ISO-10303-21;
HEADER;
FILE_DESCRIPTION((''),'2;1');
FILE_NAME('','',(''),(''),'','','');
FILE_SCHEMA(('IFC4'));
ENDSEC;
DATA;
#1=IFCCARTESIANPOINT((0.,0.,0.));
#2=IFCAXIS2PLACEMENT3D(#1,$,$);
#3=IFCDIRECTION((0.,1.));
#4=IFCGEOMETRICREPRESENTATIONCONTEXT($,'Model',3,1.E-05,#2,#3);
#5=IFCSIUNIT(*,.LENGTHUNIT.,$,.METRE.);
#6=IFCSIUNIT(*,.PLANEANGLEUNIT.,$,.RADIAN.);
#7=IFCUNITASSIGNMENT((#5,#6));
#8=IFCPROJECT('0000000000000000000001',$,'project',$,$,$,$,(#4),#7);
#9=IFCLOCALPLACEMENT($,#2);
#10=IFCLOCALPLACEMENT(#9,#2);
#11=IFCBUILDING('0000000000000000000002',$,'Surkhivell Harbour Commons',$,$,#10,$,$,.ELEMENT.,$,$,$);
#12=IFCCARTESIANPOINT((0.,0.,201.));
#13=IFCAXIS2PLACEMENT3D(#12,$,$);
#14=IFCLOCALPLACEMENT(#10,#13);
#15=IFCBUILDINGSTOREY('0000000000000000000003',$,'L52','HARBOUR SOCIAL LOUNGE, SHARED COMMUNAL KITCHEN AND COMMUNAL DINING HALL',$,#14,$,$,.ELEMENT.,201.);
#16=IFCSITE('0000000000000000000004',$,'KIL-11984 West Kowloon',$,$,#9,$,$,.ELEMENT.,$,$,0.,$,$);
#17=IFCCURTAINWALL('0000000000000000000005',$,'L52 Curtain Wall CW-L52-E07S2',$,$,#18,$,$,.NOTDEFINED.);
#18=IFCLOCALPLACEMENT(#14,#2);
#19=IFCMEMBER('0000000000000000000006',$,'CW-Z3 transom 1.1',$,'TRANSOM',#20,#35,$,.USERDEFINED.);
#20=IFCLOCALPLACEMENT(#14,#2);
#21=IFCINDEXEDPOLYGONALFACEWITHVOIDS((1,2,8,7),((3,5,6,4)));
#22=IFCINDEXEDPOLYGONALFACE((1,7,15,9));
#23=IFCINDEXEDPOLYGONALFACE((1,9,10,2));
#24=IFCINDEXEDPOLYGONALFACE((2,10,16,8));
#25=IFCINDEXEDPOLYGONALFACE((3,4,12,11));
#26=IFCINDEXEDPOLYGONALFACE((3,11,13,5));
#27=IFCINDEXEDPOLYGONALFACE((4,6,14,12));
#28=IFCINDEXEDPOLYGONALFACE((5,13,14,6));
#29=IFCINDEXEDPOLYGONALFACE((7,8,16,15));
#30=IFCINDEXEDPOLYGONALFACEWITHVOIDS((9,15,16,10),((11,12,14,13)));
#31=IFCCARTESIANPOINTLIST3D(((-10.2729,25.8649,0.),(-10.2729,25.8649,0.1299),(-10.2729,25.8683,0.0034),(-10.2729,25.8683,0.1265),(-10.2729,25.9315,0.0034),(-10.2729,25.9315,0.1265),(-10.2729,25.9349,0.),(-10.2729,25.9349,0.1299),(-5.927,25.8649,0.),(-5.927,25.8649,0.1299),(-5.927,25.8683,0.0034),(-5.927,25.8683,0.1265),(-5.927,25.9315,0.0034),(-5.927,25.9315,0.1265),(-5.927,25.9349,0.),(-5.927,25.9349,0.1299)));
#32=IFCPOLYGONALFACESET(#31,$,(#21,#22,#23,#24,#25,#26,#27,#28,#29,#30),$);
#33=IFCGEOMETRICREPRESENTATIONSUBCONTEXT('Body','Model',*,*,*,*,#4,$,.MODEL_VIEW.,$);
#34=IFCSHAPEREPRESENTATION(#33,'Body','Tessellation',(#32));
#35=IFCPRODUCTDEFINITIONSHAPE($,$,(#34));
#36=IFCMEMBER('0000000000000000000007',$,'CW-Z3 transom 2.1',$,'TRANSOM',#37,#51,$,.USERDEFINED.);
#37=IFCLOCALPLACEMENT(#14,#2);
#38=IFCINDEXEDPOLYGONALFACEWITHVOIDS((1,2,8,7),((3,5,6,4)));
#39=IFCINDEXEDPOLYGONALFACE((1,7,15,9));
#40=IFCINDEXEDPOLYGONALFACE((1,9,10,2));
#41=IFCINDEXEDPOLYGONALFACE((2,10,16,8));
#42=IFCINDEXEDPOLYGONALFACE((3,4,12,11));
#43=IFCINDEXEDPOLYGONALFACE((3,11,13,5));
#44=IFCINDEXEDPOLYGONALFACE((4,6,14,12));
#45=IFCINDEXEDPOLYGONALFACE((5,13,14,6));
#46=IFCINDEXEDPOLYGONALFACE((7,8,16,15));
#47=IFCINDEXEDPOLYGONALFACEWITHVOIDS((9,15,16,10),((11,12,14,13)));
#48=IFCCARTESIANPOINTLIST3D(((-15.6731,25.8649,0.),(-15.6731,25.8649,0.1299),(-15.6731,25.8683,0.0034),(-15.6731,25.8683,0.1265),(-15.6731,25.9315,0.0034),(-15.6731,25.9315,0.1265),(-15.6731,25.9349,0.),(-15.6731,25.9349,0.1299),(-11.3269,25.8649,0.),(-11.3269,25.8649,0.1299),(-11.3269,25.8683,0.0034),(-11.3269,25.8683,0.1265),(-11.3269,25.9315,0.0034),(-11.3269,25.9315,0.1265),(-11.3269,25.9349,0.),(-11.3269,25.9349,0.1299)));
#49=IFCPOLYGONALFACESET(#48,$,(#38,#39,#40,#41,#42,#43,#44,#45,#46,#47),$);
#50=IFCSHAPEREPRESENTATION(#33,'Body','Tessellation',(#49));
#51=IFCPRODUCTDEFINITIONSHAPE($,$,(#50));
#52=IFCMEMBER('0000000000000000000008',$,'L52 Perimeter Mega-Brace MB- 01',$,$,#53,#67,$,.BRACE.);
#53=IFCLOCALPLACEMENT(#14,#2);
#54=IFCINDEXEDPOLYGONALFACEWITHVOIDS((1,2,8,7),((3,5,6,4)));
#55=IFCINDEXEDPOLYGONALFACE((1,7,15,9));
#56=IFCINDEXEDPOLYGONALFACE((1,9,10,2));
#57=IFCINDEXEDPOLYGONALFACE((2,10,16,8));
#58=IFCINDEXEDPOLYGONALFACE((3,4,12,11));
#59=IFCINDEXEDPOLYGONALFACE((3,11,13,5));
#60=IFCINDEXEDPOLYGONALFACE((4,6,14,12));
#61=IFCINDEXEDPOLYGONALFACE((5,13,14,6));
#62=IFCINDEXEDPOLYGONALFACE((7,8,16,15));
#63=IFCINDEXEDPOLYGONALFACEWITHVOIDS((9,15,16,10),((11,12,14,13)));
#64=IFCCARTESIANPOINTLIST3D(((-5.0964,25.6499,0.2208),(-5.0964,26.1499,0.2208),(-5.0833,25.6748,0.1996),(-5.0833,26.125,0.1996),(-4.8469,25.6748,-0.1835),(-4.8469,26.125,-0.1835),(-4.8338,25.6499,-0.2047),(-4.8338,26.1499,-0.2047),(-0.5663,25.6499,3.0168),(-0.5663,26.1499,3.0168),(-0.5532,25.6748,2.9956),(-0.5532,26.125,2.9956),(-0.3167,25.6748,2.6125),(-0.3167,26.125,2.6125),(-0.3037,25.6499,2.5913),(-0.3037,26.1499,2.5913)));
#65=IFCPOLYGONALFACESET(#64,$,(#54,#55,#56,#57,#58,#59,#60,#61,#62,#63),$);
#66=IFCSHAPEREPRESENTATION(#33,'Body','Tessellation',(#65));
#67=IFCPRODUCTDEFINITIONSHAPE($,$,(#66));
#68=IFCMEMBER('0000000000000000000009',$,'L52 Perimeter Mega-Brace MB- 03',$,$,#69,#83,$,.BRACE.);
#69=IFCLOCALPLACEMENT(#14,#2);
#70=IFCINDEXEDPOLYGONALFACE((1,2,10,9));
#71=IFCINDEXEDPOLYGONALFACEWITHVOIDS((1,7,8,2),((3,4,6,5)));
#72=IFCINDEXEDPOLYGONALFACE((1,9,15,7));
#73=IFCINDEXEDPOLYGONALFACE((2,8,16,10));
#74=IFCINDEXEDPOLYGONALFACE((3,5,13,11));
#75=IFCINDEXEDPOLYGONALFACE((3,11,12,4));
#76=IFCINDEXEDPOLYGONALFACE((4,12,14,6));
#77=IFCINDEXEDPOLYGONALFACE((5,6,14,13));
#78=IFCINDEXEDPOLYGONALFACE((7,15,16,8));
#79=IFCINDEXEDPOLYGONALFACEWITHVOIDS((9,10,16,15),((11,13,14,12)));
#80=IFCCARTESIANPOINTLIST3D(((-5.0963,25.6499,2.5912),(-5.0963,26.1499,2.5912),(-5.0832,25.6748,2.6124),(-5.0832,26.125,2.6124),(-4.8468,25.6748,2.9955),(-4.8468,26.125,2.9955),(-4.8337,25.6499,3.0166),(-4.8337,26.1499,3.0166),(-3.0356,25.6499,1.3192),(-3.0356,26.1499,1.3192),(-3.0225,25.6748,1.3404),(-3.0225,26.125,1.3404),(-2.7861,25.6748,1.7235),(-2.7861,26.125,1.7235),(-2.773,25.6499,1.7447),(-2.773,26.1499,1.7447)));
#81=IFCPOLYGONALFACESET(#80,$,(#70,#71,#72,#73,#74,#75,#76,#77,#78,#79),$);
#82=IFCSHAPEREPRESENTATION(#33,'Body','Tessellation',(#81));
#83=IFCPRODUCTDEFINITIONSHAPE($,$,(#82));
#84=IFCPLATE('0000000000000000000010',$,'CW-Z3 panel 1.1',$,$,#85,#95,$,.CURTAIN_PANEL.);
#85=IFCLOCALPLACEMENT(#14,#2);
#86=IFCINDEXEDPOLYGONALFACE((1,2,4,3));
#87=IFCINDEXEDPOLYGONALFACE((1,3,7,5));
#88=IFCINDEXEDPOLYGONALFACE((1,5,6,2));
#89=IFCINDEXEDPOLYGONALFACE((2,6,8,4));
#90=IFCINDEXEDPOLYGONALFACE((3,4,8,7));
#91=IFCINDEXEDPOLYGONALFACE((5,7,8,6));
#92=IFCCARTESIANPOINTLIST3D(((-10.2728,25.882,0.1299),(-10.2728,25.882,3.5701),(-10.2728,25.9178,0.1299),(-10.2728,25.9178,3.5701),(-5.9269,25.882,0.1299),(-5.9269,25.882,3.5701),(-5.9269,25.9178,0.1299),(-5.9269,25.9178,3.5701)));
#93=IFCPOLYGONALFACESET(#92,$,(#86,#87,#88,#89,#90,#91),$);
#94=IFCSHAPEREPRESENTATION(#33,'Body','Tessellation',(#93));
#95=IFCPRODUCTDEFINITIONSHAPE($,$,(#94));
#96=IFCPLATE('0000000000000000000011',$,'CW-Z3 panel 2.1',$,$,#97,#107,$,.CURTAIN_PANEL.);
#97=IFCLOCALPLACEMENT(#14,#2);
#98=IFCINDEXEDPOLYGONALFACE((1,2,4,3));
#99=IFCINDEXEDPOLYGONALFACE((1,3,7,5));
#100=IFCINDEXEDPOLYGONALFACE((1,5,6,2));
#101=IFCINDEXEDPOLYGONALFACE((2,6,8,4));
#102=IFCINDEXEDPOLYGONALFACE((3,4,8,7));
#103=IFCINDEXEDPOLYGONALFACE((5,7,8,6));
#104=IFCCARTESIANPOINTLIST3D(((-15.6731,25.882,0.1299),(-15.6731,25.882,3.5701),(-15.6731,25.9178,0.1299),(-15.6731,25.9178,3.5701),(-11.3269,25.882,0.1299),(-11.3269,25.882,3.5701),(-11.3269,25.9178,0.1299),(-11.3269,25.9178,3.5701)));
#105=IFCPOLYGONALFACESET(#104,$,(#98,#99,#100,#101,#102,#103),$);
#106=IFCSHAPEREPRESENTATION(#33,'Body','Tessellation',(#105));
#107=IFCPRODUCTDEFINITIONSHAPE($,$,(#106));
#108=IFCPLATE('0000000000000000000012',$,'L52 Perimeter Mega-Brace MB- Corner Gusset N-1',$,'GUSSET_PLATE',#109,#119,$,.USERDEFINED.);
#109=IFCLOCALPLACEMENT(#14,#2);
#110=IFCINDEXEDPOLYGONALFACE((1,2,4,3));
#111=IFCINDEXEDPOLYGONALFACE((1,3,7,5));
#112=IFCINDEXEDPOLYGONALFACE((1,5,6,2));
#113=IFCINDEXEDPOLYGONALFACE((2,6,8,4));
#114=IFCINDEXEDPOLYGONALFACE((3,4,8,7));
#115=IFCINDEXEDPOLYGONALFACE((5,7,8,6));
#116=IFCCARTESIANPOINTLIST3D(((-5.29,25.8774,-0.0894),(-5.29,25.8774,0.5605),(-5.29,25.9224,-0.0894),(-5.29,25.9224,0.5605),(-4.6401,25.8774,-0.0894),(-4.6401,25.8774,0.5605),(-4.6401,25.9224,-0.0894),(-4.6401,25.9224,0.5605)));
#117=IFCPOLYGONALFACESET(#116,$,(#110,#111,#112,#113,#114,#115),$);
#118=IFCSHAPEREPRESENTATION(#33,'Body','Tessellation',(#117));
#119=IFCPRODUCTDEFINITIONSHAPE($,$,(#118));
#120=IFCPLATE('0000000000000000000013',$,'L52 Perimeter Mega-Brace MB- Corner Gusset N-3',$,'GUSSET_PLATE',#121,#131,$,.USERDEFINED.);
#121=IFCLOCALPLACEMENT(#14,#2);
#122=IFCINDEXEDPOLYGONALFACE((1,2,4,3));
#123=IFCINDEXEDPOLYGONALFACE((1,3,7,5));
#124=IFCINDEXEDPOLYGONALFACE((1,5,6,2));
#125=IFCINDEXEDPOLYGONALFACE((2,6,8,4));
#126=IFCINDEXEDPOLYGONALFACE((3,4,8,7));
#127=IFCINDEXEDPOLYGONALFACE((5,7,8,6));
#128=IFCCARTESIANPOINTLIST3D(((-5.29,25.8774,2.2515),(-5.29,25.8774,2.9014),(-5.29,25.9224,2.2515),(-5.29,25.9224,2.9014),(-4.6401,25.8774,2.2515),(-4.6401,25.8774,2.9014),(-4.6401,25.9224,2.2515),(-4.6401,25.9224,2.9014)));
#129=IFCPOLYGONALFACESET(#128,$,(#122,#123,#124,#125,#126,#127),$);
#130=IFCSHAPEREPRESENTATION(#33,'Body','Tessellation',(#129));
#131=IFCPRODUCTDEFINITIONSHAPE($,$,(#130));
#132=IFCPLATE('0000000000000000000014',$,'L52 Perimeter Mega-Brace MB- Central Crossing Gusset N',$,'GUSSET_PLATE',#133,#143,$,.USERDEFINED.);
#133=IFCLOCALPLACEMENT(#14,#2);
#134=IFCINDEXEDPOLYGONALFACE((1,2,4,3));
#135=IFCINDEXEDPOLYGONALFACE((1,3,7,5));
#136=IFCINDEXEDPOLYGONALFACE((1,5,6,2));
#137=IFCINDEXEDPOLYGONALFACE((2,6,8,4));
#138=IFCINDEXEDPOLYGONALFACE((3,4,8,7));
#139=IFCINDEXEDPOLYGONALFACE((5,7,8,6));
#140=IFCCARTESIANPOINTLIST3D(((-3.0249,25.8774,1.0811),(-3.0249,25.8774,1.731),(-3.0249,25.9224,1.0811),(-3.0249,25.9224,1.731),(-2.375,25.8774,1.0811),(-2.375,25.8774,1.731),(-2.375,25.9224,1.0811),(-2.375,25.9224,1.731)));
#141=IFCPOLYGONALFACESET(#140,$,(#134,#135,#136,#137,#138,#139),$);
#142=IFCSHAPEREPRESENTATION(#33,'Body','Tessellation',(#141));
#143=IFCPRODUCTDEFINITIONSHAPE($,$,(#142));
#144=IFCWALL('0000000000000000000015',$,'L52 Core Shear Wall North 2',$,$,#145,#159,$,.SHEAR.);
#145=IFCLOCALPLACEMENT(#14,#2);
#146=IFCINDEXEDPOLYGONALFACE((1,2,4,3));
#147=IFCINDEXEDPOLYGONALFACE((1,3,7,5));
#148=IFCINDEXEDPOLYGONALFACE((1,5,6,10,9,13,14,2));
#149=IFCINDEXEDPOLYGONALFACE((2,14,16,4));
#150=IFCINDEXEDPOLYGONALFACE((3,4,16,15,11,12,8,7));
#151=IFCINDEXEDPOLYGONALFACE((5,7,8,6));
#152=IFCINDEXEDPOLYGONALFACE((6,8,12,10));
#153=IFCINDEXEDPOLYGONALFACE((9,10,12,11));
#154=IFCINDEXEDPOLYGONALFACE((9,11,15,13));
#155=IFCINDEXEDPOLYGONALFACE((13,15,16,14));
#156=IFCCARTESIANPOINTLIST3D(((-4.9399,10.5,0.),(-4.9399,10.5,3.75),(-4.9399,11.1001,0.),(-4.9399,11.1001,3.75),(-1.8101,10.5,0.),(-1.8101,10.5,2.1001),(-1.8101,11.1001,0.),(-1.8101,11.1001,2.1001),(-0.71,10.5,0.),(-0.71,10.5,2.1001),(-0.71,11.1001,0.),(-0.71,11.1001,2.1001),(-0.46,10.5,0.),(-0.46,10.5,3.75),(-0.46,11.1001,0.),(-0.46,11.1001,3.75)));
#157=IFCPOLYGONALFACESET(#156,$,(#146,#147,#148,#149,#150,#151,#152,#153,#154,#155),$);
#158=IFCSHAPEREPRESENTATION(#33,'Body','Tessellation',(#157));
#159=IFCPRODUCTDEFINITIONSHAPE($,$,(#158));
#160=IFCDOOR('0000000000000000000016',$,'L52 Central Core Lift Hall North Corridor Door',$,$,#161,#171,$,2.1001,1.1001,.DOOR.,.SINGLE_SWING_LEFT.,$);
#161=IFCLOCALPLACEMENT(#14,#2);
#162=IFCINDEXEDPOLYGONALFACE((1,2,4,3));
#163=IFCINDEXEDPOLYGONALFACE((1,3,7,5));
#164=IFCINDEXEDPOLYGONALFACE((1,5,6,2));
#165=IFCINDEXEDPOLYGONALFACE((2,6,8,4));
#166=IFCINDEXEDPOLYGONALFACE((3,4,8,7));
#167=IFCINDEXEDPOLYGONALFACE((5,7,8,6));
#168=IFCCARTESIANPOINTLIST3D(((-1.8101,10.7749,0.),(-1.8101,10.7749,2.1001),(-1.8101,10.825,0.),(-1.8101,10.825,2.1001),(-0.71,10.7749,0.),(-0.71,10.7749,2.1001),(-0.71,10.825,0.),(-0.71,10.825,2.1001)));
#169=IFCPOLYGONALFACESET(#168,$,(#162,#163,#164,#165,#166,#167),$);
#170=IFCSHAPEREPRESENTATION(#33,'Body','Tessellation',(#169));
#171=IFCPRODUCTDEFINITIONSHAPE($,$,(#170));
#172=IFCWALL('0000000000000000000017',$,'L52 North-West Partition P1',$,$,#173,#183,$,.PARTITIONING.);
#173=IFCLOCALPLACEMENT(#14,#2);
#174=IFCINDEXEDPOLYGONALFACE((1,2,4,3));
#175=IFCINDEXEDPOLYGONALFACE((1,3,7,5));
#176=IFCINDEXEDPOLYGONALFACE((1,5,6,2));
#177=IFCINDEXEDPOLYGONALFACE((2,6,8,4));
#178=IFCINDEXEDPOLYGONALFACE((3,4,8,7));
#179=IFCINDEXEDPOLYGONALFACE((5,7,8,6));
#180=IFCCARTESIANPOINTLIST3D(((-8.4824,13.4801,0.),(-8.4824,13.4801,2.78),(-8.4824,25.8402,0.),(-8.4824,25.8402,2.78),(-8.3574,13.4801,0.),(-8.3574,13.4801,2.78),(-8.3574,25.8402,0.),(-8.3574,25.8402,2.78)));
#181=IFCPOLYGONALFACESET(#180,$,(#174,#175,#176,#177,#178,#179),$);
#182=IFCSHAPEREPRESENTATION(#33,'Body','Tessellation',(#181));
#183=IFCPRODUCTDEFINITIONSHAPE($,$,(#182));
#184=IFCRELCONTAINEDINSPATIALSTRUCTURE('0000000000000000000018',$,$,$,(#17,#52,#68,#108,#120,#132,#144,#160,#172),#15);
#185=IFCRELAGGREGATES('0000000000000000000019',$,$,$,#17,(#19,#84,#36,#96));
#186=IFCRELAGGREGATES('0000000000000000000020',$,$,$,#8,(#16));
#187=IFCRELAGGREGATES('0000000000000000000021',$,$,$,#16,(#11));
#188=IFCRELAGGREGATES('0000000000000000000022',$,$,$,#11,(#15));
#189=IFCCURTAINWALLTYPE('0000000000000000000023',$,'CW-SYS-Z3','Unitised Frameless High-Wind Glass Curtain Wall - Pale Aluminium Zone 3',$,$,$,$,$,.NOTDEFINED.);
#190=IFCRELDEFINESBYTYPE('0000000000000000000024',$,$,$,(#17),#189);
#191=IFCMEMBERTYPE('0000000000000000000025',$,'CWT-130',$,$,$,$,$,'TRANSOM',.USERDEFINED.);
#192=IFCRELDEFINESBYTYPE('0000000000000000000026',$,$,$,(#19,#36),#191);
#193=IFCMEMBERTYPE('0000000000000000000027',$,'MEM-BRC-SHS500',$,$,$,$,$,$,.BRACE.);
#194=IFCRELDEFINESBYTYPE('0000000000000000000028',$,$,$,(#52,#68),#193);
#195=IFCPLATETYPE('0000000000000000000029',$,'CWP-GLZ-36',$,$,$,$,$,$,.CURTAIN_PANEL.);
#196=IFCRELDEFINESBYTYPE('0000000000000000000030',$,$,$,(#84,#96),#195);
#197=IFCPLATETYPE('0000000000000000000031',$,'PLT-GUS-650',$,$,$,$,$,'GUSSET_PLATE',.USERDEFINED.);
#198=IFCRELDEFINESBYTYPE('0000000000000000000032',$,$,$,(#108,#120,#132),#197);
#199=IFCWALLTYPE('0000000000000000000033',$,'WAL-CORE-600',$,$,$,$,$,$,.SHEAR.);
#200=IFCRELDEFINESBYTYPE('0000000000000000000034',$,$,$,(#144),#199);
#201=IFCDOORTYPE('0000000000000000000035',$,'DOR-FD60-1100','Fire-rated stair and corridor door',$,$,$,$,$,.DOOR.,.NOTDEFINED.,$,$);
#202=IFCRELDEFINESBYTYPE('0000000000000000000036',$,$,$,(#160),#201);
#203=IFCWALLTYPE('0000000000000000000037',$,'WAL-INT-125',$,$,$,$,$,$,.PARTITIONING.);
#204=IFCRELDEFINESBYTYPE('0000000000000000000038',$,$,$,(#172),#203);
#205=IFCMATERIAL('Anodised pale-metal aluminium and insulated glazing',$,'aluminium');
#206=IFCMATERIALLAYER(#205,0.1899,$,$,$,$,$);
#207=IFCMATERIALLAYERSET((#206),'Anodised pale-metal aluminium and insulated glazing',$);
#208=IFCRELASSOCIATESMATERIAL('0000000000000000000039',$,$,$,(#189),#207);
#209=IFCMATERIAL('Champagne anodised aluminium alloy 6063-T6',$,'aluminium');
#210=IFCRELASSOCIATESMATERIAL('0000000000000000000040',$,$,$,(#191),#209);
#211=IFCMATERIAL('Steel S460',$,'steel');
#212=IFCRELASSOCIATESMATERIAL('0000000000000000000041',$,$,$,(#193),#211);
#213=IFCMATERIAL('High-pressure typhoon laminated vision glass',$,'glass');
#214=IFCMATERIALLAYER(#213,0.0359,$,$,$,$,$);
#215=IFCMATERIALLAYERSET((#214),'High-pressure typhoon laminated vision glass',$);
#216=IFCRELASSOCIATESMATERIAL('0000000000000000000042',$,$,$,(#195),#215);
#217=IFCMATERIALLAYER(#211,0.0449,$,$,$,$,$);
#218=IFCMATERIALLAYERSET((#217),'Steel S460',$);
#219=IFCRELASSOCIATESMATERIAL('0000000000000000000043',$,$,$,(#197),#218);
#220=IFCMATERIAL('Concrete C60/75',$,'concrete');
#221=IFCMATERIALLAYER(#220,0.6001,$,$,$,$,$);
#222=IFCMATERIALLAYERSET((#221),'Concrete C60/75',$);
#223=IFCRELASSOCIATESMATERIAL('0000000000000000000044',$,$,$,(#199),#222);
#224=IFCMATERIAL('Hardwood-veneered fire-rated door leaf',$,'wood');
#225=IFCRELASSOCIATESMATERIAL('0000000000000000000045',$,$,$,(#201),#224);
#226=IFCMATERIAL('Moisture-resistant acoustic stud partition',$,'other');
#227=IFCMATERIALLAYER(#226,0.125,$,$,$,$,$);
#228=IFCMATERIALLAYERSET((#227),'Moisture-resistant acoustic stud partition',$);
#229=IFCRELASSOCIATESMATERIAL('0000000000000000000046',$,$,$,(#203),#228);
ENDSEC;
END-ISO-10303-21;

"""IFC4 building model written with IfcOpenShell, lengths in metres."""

from ifc_helpers import new_model, si_unit, direction, frame, frame_2d, origin, origin_2d, place, context, subcontext, project, spatial, rectangle, hollow_rectangle, extrude, material, layer, layer_set, material_profile, profile_set, type_object, element, fill, aggregate, save


model = new_model("IFC4")

# Units and contexts
model_context = context("Model", 3, precision=1e-05, world=origin(), true_north=direction((0.0, 1.0)))
body_context = subcontext(model_context, "Body", "Model", "MODEL_VIEW")
ifc_project = project(units=[si_unit("LENGTHUNIT", "METRE"), si_unit("PLANEANGLEUNIT", "RADIAN")], contexts=[model_context])

# Site, building, storey
site_placement = place(None, origin())
site = spatial("IfcSite", under=ifc_project, at=site_placement, Name="KIL-11984 West Kowloon", CompositionType="ELEMENT", RefElevation=0.0)
building_placement = place(site_placement, origin())
building = spatial("IfcBuilding", under=site, at=building_placement, Name="Surkhivell Harbour Commons", CompositionType="ELEMENT")
storey_placement = place(building_placement, frame((0.0, 0.0, 201.0)))
storey = spatial("IfcBuildingStorey", under=building, at=storey_placement, Name="L52", Description="HARBOUR SOCIAL LOUNGE, SHARED COMMUNAL KITCHEN AND COMMUNAL DINING HALL", CompositionType="ELEMENT", Elevation=201.0)

# Shared definitions
ifc_material_1 = material(Name="Concrete C60/75", Category="concrete")

# Curtain wall, members
ifc_material_2 = material(Name="Anodised pale-metal aluminium and insulated glazing", Category="aluminium")
ifc_layer_1 = layer(ifc_material_2, 0.1899)
ifc_layer_set_1 = layer_set([ifc_layer_1], Name="Anodised pale-metal aluminium and insulated glazing")
curtain_wall_type = type_object("IfcCurtainWallType", Name="CW-SYS-Z3", Description="Unitised Frameless High-Wind Glass Curtain Wall - Pale Aluminium Zone 3", PredefinedType="NOTDEFINED", material=ifc_layer_set_1)
curtain_wall_placement = place(storey_placement, origin())
curtain_wall = element("IfcCurtainWall", 1, at=curtain_wall_placement, inside=storey, type_object=curtain_wall_type, Name="L52 Curtain Wall CW-L52-E07S2", PredefinedType="NOTDEFINED")
ifc_material_3 = material(Name="Champagne anodised aluminium alloy 6063-T6", Category="aluminium")
ifc_material_profile_1 = material_profile(ifc_material_3, hollow_rectangle(XDim=0.0701, YDim=0.1299, WallThickness=0.0034, at=origin_2d()), Name="ALU-TRAN-70x130")
ifc_profile_set_1 = profile_set([ifc_material_profile_1], Name="Champagne anodised aluminium alloy 6063-T6")
member_type_1 = type_object("IfcMemberType", Name="CWT-130", ElementType="TRANSOM", PredefinedType="USERDEFINED", material=ifc_profile_set_1)
member_1_placement = place(storey_placement, frame((-5.927, 25.8999, 0.0649), z_axis=(-1.0, 0.0, 0.0), x_axis=(0.0, -1.0, 0.0)))
member_1 = element("IfcMember", 2, at=member_1_placement, type_object=member_type_1, Name="CW-Z3 transom 1.1", ObjectType="TRANSOM", PredefinedType="USERDEFINED", context=body_context, shape_type="SweptSolid", body=[
    extrude(hollow_rectangle(XDim=0.0701, YDim=0.1299, WallThickness=0.0034, at=origin_2d()), origin(), (0.0, 0.0, 1.0), 4.3459),
])
member_2_placement = place(storey_placement, frame((-11.3269, 25.8999, 0.0649), z_axis=(-1.0, 0.0, 0.0), x_axis=(0.0, -1.0, 0.0)))
member_2 = element("IfcMember", 3, at=member_2_placement, type_object=member_type_1, Name="CW-Z3 transom 2.1", ObjectType="TRANSOM", PredefinedType="USERDEFINED", context=body_context, shape_type="SweptSolid", body=[
    extrude(hollow_rectangle(XDim=0.0701, YDim=0.1299, WallThickness=0.0034, at=origin_2d()), origin(), (0.0, 0.0, 1.0), 4.3462),
])

# Members
ifc_material_4 = material(Name="Steel S460", Category="steel")
ifc_material_profile_2 = material_profile(ifc_material_4, hollow_rectangle(XDim=0.5, YDim=0.5, WallThickness=0.0249, at=origin_2d()), Name="SHS500x500x25")
ifc_profile_set_2 = profile_set([ifc_material_profile_2], Name="Steel S460")
member_type_2 = type_object("IfcMemberType", Name="MEM-BRC-SHS500", PredefinedType="BRACE", material=ifc_profile_set_2)
member_3_placement = place(storey_placement, frame((-4.9651, 25.8999, 0.0081), z_axis=(0.850971, 0.0, 0.525213), x_axis=(0.0, 1.0, 0.0)))
element("IfcMember", 4, at=member_3_placement, inside=storey, type_object=member_type_2, Name="L52 Perimeter Mega-Brace MB- 01", PredefinedType="BRACE", context=body_context, shape_type="SweptSolid", body=[
    extrude(hollow_rectangle(XDim=0.5, YDim=0.5, WallThickness=0.0249, at=origin_2d()), origin(), (0.0, 0.0, 1.0), 5.3235),
])
member_4_placement = place(storey_placement, frame((-2.9043, 25.8999, 1.532), z_axis=(-0.850958, 0.0, 0.525233), x_axis=(0.0, -1.0, 0.0)))
element("IfcMember", 5, at=member_4_placement, inside=storey, type_object=member_type_2, Name="L52 Perimeter Mega-Brace MB- 03", PredefinedType="BRACE", context=body_context, shape_type="SweptSolid", body=[
    extrude(hollow_rectangle(XDim=0.5, YDim=0.5, WallThickness=0.0249, at=origin_2d()), origin(), (0.0, 0.0, 1.0), 2.4216),
])

# Plates
ifc_material_5 = material(Name="High-pressure typhoon laminated vision glass", Category="glass")
ifc_layer_2 = layer(ifc_material_5, 0.0359)
ifc_layer_set_2 = layer_set([ifc_layer_2], Name="High-pressure typhoon laminated vision glass")
plate_type_1 = type_object("IfcPlateType", Name="CWP-GLZ-36", PredefinedType="CURTAIN_PANEL", material=ifc_layer_set_2)
plate_1_placement = place(storey_placement, frame((-5.927, 25.8999, 0.1299), z_axis=(0.0, 0.0, 1.0), x_axis=(-1.0, 0.0, 0.0)))
plate_1 = element("IfcPlate", 6, at=plate_1_placement, type_object=plate_type_1, Name="CW-Z3 panel 1.1", PredefinedType="CURTAIN_PANEL", context=body_context, shape_type="SweptSolid", body=[
    extrude(rectangle(XDim=4.3459, YDim=0.0359, at=frame_2d((2.1729, 0.0))), origin(), (0.0, 0.0, 1.0), 3.4402),
])
plate_2_placement = place(storey_placement, frame((-11.3269, 25.8999, 0.1299), z_axis=(0.0, 0.0, 1.0), x_axis=(-1.0, 0.0, 0.0)))
plate_2 = element("IfcPlate", 7, at=plate_2_placement, type_object=plate_type_1, Name="CW-Z3 panel 2.1", PredefinedType="CURTAIN_PANEL", context=body_context, shape_type="SweptSolid", body=[
    extrude(rectangle(XDim=4.3462, YDim=0.0359, at=frame_2d((2.1731, 0.0))), origin(), (0.0, 0.0, 1.0), 3.4402),
])
aggregate(curtain_wall, [member_1, plate_1, member_2, plate_2])

# Plates
ifc_layer_3 = layer(ifc_material_4, 0.0449)
ifc_layer_set_3 = layer_set([ifc_layer_3], Name="Steel S460")
plate_type_2 = type_object("IfcPlateType", Name="PLT-GUS-650", ElementType="GUSSET_PLATE", PredefinedType="USERDEFINED", material=ifc_layer_set_3)
for number, where, z_axis, x_axis, name in (
    (8, (-4.9651, 25.8999, -0.0894), (0.0, 0.0, 1.0), (1.0, 0.0, 0.0), "L52 Perimeter Mega-Brace MB- Corner Gusset N-1"),
    (9, (-4.9651, 25.8999, 2.2515), (0.0, 0.0, 1.0), (1.0, 0.0, 0.0), "L52 Perimeter Mega-Brace MB- Corner Gusset N-3"),
    (10, (-2.7, 25.8999, 1.0811), (0.0, 0.0, 1.0), (1.0, 0.0, 0.0), "L52 Perimeter Mega-Brace MB- Central Crossing Gusset N"),
):
    element("IfcPlate", number, at=place(storey_placement, frame(where, z_axis=z_axis, x_axis=x_axis)), inside=storey, type_object=plate_type_2, Name=name, ObjectType="GUSSET_PLATE", PredefinedType="USERDEFINED", context=body_context, shape_type="SweptSolid", body=[
        extrude(rectangle(XDim=0.6499, YDim=0.0449, at=origin_2d()), origin(), (0.0, 0.0, 1.0), 0.6499),
    ])

# Wall, opening, door
ifc_layer_4 = layer(ifc_material_1, 0.6001)
ifc_layer_set_4 = layer_set([ifc_layer_4], Name="Concrete C60/75")
wall_type_1 = type_object("IfcWallType", Name="WAL-CORE-600", PredefinedType="SHEAR", material=ifc_layer_set_4)
wall_1_placement = place(storey_placement, frame((-4.9399, 10.8, 0.0), z_axis=(0.0, 0.0, 1.0), x_axis=(1.0, 0.0, 0.0)))
wall_1 = element("IfcWall", 11, at=wall_1_placement, inside=storey, type_object=wall_type_1, Name="L52 Core Shear Wall North 2", PredefinedType="SHEAR", context=body_context, shape_type="SweptSolid", body=[
    extrude(rectangle(XDim=4.48, YDim=0.6001, at=frame_2d((2.24, 0.0))), origin(), (0.0, 0.0, 1.0), 3.75),
])
opening_1_placement = place(wall_1_placement, frame((3.1299, 0.0, 0.0)))
opening_1 = element("IfcOpeningElement", 12, at=opening_1_placement, cuts=wall_1, PredefinedType="OPENING", context=body_context, shape_type="SweptSolid", body=[
    extrude(rectangle(XDim=1.1001, YDim=2.1001, at=frame_2d((0.55, 1.05))), frame((0.0, 0.3101, 0.0), z_axis=(0.0, -1.0, 0.0), x_axis=(1.0, 0.0, 0.0)), (0.0, 0.0, 1.0), 0.6201),
])
ifc_material_6 = material(Name="Hardwood-veneered fire-rated door leaf", Category="wood")
door_type_1 = type_object("IfcDoorType", Name="DOR-FD60-1100", Description="Fire-rated stair and corridor door", OperationType="NOTDEFINED", PredefinedType="DOOR", material=ifc_material_6)
door_1_placement = place(opening_1_placement, origin())
door_1 = element("IfcDoor", 13, at=door_1_placement, inside=storey, type_object=door_type_1, Name="L52 Central Core Lift Hall North Corridor Door", OperationType="SINGLE_SWING_LEFT", OverallHeight=2.1001, OverallWidth=1.1001, PredefinedType="DOOR", context=body_context, shape_type="SweptSolid", body=[
    extrude(rectangle(XDim=1.1001, YDim=2.1001, at=frame_2d((0.55, 1.05))), frame((0.0, 0.0249, 0.0), z_axis=(0.0, -1.0, 0.0), x_axis=(1.0, 0.0, 0.0)), (0.0, 0.0, 1.0), 0.05),
])
fill(opening_1, door_1)

# Wall
ifc_material_7 = material(Name="Moisture-resistant acoustic stud partition", Category="other")
ifc_layer_5 = layer(ifc_material_7, 0.125)
ifc_layer_set_5 = layer_set([ifc_layer_5], Name="Moisture-resistant acoustic stud partition")
wall_type_2 = type_object("IfcWallType", Name="WAL-INT-125", PredefinedType="PARTITIONING", material=ifc_layer_set_5)
wall_2_placement = place(storey_placement, frame((-8.4199, 13.48, 0.0), z_axis=(0.0, 0.0, 1.0), x_axis=(0.0, 1.0, 0.0)))
element("IfcWall", 14, at=wall_2_placement, inside=storey, type_object=wall_type_2, Name="L52 North-West Partition P1", PredefinedType="PARTITIONING", context=body_context, shape_type="SweptSolid", body=[
    extrude(rectangle(XDim=12.3601, YDim=0.125, at=frame_2d((6.1802, 0.0))), origin(), (0.0, 0.0, 1.0), 2.78),
])

save(model, "model.ifc")
